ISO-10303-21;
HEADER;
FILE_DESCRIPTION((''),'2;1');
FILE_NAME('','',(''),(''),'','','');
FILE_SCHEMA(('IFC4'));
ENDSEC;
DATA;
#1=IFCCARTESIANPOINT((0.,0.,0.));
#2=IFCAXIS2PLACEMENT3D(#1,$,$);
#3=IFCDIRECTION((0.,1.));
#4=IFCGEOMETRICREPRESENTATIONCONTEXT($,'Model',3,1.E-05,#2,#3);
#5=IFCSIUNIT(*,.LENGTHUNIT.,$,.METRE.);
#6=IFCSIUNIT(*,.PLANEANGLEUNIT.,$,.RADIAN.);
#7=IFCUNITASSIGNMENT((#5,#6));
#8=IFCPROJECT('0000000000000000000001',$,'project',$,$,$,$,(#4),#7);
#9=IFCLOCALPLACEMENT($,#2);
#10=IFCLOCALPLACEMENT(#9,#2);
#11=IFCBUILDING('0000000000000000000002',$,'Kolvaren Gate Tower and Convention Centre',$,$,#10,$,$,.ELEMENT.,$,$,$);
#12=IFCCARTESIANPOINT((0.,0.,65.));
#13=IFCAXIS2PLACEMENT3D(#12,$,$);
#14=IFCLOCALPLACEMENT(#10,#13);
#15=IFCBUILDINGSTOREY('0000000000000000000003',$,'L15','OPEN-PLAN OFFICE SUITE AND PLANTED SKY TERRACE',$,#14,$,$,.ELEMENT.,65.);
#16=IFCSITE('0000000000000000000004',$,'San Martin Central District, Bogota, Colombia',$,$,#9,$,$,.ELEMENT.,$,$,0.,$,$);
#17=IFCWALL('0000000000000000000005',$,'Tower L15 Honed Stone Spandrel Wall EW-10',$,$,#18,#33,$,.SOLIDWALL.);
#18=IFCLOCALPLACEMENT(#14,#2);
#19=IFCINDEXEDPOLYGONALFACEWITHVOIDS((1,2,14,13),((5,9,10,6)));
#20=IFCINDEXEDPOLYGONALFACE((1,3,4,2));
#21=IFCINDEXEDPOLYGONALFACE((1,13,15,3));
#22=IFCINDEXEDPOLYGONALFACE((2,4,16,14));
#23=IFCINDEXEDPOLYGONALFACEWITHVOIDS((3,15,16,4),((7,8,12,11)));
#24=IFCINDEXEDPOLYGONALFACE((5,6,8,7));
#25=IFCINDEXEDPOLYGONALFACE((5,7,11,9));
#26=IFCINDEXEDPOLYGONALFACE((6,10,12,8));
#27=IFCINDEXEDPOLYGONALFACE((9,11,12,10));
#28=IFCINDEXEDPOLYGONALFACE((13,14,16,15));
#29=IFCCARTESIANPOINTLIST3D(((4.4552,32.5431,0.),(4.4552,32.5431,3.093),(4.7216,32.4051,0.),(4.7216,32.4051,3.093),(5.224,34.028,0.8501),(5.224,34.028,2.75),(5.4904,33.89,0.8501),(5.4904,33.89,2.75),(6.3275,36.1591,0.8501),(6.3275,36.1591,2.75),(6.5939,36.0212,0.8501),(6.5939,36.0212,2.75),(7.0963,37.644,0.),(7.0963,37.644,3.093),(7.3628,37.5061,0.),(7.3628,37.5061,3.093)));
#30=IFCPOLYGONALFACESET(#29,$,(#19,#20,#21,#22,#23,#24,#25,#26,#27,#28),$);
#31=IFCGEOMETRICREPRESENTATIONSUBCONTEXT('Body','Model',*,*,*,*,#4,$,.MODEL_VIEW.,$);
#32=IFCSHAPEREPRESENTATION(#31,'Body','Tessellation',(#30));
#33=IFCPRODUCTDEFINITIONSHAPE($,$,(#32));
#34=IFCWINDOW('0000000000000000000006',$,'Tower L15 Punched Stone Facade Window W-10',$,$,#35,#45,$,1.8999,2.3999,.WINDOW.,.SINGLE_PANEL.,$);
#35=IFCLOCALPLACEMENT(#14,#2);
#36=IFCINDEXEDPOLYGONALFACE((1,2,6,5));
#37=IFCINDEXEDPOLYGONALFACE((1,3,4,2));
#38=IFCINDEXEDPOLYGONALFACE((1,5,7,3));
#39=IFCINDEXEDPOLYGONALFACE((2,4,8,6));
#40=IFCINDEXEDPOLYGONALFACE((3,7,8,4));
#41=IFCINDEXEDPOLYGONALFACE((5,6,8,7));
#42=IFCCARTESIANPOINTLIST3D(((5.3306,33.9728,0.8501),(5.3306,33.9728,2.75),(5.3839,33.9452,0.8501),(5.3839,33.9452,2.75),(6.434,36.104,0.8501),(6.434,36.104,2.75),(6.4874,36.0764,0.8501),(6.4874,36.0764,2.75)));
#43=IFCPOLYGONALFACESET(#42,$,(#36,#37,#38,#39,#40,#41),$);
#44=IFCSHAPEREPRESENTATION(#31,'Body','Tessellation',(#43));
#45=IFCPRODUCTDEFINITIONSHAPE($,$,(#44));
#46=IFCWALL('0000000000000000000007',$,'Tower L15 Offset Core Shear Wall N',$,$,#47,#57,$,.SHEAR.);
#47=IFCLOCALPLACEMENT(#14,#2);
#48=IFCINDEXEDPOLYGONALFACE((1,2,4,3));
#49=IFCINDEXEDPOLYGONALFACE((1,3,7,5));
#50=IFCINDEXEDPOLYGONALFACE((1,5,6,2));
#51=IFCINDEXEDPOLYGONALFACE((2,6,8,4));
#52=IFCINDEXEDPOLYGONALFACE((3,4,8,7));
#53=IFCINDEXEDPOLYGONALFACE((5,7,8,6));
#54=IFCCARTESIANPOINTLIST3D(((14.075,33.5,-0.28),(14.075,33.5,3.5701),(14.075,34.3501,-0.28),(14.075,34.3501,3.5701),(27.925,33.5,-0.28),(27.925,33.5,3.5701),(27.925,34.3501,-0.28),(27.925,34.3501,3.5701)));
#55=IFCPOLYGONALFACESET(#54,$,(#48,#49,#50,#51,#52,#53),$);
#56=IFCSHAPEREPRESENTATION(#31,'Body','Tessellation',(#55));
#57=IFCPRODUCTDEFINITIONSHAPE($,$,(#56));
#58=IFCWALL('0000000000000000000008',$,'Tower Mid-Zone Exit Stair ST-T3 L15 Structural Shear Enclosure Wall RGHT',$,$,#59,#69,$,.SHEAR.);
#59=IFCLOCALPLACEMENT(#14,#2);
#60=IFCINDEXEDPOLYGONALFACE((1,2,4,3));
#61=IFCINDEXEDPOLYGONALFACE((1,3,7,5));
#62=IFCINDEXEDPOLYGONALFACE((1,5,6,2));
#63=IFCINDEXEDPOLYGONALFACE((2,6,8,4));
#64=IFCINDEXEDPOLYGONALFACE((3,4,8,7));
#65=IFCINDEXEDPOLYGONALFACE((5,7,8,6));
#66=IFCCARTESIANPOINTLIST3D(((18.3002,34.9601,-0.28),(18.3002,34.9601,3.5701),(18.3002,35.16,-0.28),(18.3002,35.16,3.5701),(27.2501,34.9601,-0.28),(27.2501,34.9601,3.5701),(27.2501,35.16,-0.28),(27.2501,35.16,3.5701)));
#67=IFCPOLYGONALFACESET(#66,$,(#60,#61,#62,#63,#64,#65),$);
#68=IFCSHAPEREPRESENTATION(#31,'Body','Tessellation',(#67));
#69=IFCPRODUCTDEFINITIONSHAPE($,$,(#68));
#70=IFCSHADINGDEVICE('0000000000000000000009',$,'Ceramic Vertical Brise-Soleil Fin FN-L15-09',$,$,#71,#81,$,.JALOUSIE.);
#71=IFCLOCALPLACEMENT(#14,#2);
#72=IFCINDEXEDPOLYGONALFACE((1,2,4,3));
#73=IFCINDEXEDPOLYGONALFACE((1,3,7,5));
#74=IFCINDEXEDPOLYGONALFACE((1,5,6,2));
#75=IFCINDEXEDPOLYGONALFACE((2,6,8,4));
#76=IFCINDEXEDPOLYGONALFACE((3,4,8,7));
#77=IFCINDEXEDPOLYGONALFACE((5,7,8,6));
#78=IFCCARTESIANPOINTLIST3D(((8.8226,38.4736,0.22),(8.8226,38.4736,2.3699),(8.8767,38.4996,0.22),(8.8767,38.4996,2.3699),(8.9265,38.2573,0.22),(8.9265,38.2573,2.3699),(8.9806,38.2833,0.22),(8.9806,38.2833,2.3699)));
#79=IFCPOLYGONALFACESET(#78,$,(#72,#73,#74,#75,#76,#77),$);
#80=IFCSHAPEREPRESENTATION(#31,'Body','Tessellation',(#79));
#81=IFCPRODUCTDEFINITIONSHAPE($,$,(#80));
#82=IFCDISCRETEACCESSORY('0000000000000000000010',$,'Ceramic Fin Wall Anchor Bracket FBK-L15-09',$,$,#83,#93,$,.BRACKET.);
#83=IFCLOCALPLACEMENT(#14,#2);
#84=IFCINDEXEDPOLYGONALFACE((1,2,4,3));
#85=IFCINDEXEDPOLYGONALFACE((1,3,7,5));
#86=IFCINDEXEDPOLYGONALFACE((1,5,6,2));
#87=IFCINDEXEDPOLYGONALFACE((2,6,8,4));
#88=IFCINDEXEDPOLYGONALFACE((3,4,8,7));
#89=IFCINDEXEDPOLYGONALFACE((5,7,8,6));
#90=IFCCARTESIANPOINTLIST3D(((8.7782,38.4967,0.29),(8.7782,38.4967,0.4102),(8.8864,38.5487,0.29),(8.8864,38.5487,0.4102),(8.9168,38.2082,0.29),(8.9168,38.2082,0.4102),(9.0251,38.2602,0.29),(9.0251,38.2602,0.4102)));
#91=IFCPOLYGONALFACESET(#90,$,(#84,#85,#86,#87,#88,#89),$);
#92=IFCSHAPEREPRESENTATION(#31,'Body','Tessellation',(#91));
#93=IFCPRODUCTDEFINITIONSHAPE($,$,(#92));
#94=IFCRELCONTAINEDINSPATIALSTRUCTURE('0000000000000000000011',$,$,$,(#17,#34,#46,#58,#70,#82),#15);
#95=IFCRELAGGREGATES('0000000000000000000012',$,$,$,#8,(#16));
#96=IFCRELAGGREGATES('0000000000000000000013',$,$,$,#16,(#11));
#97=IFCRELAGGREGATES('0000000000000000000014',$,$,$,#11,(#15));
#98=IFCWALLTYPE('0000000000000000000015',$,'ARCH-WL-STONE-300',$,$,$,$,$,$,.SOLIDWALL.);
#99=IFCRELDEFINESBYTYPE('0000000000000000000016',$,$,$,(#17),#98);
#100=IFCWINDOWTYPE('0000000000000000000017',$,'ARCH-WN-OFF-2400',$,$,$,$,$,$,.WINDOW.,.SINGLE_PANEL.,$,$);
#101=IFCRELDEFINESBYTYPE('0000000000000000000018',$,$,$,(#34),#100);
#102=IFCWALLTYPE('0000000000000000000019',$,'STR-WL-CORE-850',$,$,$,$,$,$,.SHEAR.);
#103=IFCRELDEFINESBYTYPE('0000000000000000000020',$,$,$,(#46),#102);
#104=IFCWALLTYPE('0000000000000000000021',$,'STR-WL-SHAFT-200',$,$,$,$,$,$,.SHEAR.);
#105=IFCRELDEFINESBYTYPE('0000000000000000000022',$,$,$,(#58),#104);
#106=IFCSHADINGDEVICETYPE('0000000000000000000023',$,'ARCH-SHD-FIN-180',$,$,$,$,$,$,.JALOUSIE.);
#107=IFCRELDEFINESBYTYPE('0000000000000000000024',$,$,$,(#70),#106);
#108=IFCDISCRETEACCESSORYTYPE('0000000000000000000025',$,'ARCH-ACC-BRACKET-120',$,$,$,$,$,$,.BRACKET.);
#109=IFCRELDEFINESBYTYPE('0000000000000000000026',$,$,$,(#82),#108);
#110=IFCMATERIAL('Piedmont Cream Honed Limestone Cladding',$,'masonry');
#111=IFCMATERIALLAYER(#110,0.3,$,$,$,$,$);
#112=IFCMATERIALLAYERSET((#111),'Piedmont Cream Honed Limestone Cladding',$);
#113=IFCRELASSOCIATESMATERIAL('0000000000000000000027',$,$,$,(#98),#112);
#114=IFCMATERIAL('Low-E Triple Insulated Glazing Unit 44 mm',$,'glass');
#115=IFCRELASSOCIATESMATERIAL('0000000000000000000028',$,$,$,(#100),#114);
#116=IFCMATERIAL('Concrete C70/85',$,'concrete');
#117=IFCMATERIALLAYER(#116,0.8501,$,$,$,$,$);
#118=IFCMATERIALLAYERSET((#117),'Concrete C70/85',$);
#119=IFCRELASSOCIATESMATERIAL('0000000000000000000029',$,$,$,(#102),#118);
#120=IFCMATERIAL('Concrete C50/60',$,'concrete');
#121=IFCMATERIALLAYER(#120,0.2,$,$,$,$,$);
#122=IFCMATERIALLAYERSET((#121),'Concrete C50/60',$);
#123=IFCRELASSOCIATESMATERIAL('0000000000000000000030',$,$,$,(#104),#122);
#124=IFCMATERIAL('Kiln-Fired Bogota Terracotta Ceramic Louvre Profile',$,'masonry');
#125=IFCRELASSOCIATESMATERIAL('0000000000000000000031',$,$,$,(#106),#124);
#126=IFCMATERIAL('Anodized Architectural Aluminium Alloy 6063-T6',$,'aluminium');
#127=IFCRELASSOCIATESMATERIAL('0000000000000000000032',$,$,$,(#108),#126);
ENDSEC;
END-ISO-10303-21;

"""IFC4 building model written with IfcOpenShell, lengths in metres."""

from ifc_helpers import new_model, si_unit, direction, frame, frame_2d, origin, origin_2d, place, context, subcontext, project, spatial, rectangle, extrude, material, layer, layer_set, type_object, element, fill, save


model = new_model("IFC4")

# Units and contexts
model_context = context("Model", 3, precision=1e-05, world=origin(), true_north=direction((0.0, 1.0)))
body_context = subcontext(model_context, "Body", "Model", "MODEL_VIEW")
ifc_project = project(units=[si_unit("LENGTHUNIT", "METRE"), si_unit("PLANEANGLEUNIT", "RADIAN")], contexts=[model_context])

# Site, building, storey
site_placement = place(None, origin())
site = spatial("IfcSite", under=ifc_project, at=site_placement, Name="San Martin Central District, Bogota, Colombia", CompositionType="ELEMENT", RefElevation=0.0)
building_placement = place(site_placement, origin())
building = spatial("IfcBuilding", under=site, at=building_placement, Name="Kolvaren Gate Tower and Convention Centre", CompositionType="ELEMENT")
storey_placement = place(building_placement, frame((0.0, 0.0, 65.0)))
storey = spatial("IfcBuildingStorey", under=building, at=storey_placement, Name="L15", Description="OPEN-PLAN OFFICE SUITE AND PLANTED SKY TERRACE", CompositionType="ELEMENT", Elevation=65.0)

# Shared definitions
ifc_material_1 = material(Name="Concrete C70/85", Category="concrete")

# Shared definitions
ifc_material_2 = material(Name="Piedmont Cream Honed Limestone Cladding", Category="masonry")

# Shared definitions
ifc_layer_1 = layer(ifc_material_2, 0.3)
ifc_layer_set_1 = layer_set([ifc_layer_1], Name="Piedmont Cream Honed Limestone Cladding")
wall_type_1 = type_object("IfcWallType", Name="ARCH-WL-STONE-300", PredefinedType="SOLIDWALL", material=ifc_layer_set_1)
ifc_material_3 = material(Name="Low-E Triple Insulated Glazing Unit 44 mm", Category="glass")
window_type = type_object("IfcWindowType", Name="ARCH-WN-OFF-2400", PartitioningType="SINGLE_PANEL", PredefinedType="WINDOW", material=ifc_material_3)

# Shared definitions
ifc_material_4 = material(Name="Anodized Architectural Aluminium Alloy 6063-T6", Category="aluminium")

# Wall, opening, window
wall_1_placement = place(storey_placement, frame((4.5884, 32.4741, 0.0), z_axis=(0.0, 0.0, 1.0), x_axis=(0.459801, 0.888022, 0.0)))
wall_1 = element("IfcWall", 1, at=wall_1_placement, inside=storey, type_object=wall_type_1, Name="Tower L15 Honed Stone Spandrel Wall EW-10", PredefinedType="SOLIDWALL", context=body_context, shape_type="SweptSolid", body=[
    extrude(rectangle(XDim=5.7441, YDim=0.3, at=frame_2d((2.8721, 0.0))), origin(), (0.0, 0.0, 1.0), 3.093),
])
opening_1_placement = place(wall_1_placement, frame((1.6721, 0.0, 0.8501)))
opening_1 = element("IfcOpeningElement", 2, at=opening_1_placement, cuts=wall_1, PredefinedType="OPENING", context=body_context, shape_type="SweptSolid", body=[
    extrude(rectangle(XDim=2.3999, YDim=1.8999, at=frame_2d((1.2, 0.95))), frame((0.0, 0.1599, 0.0), z_axis=(0.0, -1.0, 0.0), x_axis=(1.0, 0.0, 0.0)), (0.0, 0.0, 1.0), 0.3201),
])
window_1_placement = place(opening_1_placement, origin())
window_1 = element("IfcWindow", 3, at=window_1_placement, inside=storey, type_object=window_type, Name="Tower L15 Punched Stone Facade Window W-10", OverallHeight=1.8999, OverallWidth=2.3999, PartitioningType="SINGLE_PANEL", PredefinedType="WINDOW", context=body_context, shape_type="SweptSolid", body=[
    extrude(rectangle(XDim=2.3999, YDim=1.8999, at=frame_2d((1.2, 0.95))), frame((0.0, 0.03, 0.0), z_axis=(0.0, -1.0, 0.0), x_axis=(1.0, 0.0, 0.0)), (0.0, 0.0, 1.0), 0.0601),
])
fill(opening_1, window_1)

# Walls
ifc_layer_2 = layer(ifc_material_1, 0.8501)
ifc_layer_set_2 = layer_set([ifc_layer_2], Name="Concrete C70/85")
wall_type_2 = type_object("IfcWallType", Name="STR-WL-CORE-850", PredefinedType="SHEAR", material=ifc_layer_set_2)
wall_2_placement = place(storey_placement, frame((14.075, 33.925, -0.28), z_axis=(0.0, 0.0, 1.0), x_axis=(1.0, 0.0, 0.0)))
element("IfcWall", 4, at=wall_2_placement, inside=storey, type_object=wall_type_2, Name="Tower L15 Offset Core Shear Wall N", PredefinedType="SHEAR", context=body_context, shape_type="SweptSolid", body=[
    extrude(rectangle(XDim=13.8501, YDim=0.8501, at=frame_2d((6.925, 0.0))), origin(), (0.0, 0.0, 1.0), 3.8501),
])
ifc_material_5 = material(Name="Concrete C50/60", Category="concrete")
ifc_layer_3 = layer(ifc_material_5, 0.2)
ifc_layer_set_3 = layer_set([ifc_layer_3], Name="Concrete C50/60")
wall_type_3 = type_object("IfcWallType", Name="STR-WL-SHAFT-200", PredefinedType="SHEAR", material=ifc_layer_set_3)
wall_3_placement = place(storey_placement, frame((18.3, 35.0601, -0.28), z_axis=(0.0, 0.0, 1.0), x_axis=(1.0, 0.0, 0.0)))
element("IfcWall", 5, at=wall_3_placement, inside=storey, type_object=wall_type_3, Name="Tower Mid-Zone Exit Stair ST-T3 L15 Structural Shear Enclosure Wall RGHT", PredefinedType="SHEAR", context=body_context, shape_type="SweptSolid", body=[
    extrude(rectangle(XDim=8.95, YDim=0.2, at=frame_2d((4.4751, 0.0))), origin(), (0.0, 0.0, 1.0), 3.8501),
])

# Shading device
ifc_material_6 = material(Name="Kiln-Fired Bogota Terracotta Ceramic Louvre Profile", Category="masonry")
shading_device_type = type_object("IfcShadingDeviceType", Name="ARCH-SHD-FIN-180", PredefinedType="JALOUSIE", material=ifc_material_6)
shading_device_placement = place(storey_placement, frame((8.9016, 38.3784, 0.22), z_axis=(0.0, 0.0, 1.0), x_axis=(0.901358, 0.433076, 0.0)))
element("IfcShadingDevice", 6, at=shading_device_placement, inside=storey, type_object=shading_device_type, Name="Ceramic Vertical Brise-Soleil Fin FN-L15-09", PredefinedType="JALOUSIE", context=body_context, shape_type="SweptSolid", body=[
    extrude(rectangle(XDim=0.0601, YDim=0.24, at=origin_2d()), origin(), (0.0, 0.0, 1.0), 2.1499),
])

# Discrete accessory
discrete_accessory_type = type_object("IfcDiscreteAccessoryType", Name="ARCH-ACC-BRACKET-120", PredefinedType="BRACKET", material=ifc_material_4)
discrete_accessory_placement = place(storey_placement, frame((8.9016, 38.3784, 0.29), z_axis=(0.0, 0.0, 1.0), x_axis=(0.901358, 0.433076, 0.0)))
element("IfcDiscreteAccessory", 7, at=discrete_accessory_placement, inside=storey, type_object=discrete_accessory_type, Name="Ceramic Fin Wall Anchor Bracket FBK-L15-09", PredefinedType="BRACKET", context=body_context, shape_type="SweptSolid", body=[
    extrude(rectangle(XDim=0.1201, YDim=0.3201, at=origin_2d()), origin(), (0.0, 0.0, 1.0), 0.1201),
])

save(model, "model.ifc")
